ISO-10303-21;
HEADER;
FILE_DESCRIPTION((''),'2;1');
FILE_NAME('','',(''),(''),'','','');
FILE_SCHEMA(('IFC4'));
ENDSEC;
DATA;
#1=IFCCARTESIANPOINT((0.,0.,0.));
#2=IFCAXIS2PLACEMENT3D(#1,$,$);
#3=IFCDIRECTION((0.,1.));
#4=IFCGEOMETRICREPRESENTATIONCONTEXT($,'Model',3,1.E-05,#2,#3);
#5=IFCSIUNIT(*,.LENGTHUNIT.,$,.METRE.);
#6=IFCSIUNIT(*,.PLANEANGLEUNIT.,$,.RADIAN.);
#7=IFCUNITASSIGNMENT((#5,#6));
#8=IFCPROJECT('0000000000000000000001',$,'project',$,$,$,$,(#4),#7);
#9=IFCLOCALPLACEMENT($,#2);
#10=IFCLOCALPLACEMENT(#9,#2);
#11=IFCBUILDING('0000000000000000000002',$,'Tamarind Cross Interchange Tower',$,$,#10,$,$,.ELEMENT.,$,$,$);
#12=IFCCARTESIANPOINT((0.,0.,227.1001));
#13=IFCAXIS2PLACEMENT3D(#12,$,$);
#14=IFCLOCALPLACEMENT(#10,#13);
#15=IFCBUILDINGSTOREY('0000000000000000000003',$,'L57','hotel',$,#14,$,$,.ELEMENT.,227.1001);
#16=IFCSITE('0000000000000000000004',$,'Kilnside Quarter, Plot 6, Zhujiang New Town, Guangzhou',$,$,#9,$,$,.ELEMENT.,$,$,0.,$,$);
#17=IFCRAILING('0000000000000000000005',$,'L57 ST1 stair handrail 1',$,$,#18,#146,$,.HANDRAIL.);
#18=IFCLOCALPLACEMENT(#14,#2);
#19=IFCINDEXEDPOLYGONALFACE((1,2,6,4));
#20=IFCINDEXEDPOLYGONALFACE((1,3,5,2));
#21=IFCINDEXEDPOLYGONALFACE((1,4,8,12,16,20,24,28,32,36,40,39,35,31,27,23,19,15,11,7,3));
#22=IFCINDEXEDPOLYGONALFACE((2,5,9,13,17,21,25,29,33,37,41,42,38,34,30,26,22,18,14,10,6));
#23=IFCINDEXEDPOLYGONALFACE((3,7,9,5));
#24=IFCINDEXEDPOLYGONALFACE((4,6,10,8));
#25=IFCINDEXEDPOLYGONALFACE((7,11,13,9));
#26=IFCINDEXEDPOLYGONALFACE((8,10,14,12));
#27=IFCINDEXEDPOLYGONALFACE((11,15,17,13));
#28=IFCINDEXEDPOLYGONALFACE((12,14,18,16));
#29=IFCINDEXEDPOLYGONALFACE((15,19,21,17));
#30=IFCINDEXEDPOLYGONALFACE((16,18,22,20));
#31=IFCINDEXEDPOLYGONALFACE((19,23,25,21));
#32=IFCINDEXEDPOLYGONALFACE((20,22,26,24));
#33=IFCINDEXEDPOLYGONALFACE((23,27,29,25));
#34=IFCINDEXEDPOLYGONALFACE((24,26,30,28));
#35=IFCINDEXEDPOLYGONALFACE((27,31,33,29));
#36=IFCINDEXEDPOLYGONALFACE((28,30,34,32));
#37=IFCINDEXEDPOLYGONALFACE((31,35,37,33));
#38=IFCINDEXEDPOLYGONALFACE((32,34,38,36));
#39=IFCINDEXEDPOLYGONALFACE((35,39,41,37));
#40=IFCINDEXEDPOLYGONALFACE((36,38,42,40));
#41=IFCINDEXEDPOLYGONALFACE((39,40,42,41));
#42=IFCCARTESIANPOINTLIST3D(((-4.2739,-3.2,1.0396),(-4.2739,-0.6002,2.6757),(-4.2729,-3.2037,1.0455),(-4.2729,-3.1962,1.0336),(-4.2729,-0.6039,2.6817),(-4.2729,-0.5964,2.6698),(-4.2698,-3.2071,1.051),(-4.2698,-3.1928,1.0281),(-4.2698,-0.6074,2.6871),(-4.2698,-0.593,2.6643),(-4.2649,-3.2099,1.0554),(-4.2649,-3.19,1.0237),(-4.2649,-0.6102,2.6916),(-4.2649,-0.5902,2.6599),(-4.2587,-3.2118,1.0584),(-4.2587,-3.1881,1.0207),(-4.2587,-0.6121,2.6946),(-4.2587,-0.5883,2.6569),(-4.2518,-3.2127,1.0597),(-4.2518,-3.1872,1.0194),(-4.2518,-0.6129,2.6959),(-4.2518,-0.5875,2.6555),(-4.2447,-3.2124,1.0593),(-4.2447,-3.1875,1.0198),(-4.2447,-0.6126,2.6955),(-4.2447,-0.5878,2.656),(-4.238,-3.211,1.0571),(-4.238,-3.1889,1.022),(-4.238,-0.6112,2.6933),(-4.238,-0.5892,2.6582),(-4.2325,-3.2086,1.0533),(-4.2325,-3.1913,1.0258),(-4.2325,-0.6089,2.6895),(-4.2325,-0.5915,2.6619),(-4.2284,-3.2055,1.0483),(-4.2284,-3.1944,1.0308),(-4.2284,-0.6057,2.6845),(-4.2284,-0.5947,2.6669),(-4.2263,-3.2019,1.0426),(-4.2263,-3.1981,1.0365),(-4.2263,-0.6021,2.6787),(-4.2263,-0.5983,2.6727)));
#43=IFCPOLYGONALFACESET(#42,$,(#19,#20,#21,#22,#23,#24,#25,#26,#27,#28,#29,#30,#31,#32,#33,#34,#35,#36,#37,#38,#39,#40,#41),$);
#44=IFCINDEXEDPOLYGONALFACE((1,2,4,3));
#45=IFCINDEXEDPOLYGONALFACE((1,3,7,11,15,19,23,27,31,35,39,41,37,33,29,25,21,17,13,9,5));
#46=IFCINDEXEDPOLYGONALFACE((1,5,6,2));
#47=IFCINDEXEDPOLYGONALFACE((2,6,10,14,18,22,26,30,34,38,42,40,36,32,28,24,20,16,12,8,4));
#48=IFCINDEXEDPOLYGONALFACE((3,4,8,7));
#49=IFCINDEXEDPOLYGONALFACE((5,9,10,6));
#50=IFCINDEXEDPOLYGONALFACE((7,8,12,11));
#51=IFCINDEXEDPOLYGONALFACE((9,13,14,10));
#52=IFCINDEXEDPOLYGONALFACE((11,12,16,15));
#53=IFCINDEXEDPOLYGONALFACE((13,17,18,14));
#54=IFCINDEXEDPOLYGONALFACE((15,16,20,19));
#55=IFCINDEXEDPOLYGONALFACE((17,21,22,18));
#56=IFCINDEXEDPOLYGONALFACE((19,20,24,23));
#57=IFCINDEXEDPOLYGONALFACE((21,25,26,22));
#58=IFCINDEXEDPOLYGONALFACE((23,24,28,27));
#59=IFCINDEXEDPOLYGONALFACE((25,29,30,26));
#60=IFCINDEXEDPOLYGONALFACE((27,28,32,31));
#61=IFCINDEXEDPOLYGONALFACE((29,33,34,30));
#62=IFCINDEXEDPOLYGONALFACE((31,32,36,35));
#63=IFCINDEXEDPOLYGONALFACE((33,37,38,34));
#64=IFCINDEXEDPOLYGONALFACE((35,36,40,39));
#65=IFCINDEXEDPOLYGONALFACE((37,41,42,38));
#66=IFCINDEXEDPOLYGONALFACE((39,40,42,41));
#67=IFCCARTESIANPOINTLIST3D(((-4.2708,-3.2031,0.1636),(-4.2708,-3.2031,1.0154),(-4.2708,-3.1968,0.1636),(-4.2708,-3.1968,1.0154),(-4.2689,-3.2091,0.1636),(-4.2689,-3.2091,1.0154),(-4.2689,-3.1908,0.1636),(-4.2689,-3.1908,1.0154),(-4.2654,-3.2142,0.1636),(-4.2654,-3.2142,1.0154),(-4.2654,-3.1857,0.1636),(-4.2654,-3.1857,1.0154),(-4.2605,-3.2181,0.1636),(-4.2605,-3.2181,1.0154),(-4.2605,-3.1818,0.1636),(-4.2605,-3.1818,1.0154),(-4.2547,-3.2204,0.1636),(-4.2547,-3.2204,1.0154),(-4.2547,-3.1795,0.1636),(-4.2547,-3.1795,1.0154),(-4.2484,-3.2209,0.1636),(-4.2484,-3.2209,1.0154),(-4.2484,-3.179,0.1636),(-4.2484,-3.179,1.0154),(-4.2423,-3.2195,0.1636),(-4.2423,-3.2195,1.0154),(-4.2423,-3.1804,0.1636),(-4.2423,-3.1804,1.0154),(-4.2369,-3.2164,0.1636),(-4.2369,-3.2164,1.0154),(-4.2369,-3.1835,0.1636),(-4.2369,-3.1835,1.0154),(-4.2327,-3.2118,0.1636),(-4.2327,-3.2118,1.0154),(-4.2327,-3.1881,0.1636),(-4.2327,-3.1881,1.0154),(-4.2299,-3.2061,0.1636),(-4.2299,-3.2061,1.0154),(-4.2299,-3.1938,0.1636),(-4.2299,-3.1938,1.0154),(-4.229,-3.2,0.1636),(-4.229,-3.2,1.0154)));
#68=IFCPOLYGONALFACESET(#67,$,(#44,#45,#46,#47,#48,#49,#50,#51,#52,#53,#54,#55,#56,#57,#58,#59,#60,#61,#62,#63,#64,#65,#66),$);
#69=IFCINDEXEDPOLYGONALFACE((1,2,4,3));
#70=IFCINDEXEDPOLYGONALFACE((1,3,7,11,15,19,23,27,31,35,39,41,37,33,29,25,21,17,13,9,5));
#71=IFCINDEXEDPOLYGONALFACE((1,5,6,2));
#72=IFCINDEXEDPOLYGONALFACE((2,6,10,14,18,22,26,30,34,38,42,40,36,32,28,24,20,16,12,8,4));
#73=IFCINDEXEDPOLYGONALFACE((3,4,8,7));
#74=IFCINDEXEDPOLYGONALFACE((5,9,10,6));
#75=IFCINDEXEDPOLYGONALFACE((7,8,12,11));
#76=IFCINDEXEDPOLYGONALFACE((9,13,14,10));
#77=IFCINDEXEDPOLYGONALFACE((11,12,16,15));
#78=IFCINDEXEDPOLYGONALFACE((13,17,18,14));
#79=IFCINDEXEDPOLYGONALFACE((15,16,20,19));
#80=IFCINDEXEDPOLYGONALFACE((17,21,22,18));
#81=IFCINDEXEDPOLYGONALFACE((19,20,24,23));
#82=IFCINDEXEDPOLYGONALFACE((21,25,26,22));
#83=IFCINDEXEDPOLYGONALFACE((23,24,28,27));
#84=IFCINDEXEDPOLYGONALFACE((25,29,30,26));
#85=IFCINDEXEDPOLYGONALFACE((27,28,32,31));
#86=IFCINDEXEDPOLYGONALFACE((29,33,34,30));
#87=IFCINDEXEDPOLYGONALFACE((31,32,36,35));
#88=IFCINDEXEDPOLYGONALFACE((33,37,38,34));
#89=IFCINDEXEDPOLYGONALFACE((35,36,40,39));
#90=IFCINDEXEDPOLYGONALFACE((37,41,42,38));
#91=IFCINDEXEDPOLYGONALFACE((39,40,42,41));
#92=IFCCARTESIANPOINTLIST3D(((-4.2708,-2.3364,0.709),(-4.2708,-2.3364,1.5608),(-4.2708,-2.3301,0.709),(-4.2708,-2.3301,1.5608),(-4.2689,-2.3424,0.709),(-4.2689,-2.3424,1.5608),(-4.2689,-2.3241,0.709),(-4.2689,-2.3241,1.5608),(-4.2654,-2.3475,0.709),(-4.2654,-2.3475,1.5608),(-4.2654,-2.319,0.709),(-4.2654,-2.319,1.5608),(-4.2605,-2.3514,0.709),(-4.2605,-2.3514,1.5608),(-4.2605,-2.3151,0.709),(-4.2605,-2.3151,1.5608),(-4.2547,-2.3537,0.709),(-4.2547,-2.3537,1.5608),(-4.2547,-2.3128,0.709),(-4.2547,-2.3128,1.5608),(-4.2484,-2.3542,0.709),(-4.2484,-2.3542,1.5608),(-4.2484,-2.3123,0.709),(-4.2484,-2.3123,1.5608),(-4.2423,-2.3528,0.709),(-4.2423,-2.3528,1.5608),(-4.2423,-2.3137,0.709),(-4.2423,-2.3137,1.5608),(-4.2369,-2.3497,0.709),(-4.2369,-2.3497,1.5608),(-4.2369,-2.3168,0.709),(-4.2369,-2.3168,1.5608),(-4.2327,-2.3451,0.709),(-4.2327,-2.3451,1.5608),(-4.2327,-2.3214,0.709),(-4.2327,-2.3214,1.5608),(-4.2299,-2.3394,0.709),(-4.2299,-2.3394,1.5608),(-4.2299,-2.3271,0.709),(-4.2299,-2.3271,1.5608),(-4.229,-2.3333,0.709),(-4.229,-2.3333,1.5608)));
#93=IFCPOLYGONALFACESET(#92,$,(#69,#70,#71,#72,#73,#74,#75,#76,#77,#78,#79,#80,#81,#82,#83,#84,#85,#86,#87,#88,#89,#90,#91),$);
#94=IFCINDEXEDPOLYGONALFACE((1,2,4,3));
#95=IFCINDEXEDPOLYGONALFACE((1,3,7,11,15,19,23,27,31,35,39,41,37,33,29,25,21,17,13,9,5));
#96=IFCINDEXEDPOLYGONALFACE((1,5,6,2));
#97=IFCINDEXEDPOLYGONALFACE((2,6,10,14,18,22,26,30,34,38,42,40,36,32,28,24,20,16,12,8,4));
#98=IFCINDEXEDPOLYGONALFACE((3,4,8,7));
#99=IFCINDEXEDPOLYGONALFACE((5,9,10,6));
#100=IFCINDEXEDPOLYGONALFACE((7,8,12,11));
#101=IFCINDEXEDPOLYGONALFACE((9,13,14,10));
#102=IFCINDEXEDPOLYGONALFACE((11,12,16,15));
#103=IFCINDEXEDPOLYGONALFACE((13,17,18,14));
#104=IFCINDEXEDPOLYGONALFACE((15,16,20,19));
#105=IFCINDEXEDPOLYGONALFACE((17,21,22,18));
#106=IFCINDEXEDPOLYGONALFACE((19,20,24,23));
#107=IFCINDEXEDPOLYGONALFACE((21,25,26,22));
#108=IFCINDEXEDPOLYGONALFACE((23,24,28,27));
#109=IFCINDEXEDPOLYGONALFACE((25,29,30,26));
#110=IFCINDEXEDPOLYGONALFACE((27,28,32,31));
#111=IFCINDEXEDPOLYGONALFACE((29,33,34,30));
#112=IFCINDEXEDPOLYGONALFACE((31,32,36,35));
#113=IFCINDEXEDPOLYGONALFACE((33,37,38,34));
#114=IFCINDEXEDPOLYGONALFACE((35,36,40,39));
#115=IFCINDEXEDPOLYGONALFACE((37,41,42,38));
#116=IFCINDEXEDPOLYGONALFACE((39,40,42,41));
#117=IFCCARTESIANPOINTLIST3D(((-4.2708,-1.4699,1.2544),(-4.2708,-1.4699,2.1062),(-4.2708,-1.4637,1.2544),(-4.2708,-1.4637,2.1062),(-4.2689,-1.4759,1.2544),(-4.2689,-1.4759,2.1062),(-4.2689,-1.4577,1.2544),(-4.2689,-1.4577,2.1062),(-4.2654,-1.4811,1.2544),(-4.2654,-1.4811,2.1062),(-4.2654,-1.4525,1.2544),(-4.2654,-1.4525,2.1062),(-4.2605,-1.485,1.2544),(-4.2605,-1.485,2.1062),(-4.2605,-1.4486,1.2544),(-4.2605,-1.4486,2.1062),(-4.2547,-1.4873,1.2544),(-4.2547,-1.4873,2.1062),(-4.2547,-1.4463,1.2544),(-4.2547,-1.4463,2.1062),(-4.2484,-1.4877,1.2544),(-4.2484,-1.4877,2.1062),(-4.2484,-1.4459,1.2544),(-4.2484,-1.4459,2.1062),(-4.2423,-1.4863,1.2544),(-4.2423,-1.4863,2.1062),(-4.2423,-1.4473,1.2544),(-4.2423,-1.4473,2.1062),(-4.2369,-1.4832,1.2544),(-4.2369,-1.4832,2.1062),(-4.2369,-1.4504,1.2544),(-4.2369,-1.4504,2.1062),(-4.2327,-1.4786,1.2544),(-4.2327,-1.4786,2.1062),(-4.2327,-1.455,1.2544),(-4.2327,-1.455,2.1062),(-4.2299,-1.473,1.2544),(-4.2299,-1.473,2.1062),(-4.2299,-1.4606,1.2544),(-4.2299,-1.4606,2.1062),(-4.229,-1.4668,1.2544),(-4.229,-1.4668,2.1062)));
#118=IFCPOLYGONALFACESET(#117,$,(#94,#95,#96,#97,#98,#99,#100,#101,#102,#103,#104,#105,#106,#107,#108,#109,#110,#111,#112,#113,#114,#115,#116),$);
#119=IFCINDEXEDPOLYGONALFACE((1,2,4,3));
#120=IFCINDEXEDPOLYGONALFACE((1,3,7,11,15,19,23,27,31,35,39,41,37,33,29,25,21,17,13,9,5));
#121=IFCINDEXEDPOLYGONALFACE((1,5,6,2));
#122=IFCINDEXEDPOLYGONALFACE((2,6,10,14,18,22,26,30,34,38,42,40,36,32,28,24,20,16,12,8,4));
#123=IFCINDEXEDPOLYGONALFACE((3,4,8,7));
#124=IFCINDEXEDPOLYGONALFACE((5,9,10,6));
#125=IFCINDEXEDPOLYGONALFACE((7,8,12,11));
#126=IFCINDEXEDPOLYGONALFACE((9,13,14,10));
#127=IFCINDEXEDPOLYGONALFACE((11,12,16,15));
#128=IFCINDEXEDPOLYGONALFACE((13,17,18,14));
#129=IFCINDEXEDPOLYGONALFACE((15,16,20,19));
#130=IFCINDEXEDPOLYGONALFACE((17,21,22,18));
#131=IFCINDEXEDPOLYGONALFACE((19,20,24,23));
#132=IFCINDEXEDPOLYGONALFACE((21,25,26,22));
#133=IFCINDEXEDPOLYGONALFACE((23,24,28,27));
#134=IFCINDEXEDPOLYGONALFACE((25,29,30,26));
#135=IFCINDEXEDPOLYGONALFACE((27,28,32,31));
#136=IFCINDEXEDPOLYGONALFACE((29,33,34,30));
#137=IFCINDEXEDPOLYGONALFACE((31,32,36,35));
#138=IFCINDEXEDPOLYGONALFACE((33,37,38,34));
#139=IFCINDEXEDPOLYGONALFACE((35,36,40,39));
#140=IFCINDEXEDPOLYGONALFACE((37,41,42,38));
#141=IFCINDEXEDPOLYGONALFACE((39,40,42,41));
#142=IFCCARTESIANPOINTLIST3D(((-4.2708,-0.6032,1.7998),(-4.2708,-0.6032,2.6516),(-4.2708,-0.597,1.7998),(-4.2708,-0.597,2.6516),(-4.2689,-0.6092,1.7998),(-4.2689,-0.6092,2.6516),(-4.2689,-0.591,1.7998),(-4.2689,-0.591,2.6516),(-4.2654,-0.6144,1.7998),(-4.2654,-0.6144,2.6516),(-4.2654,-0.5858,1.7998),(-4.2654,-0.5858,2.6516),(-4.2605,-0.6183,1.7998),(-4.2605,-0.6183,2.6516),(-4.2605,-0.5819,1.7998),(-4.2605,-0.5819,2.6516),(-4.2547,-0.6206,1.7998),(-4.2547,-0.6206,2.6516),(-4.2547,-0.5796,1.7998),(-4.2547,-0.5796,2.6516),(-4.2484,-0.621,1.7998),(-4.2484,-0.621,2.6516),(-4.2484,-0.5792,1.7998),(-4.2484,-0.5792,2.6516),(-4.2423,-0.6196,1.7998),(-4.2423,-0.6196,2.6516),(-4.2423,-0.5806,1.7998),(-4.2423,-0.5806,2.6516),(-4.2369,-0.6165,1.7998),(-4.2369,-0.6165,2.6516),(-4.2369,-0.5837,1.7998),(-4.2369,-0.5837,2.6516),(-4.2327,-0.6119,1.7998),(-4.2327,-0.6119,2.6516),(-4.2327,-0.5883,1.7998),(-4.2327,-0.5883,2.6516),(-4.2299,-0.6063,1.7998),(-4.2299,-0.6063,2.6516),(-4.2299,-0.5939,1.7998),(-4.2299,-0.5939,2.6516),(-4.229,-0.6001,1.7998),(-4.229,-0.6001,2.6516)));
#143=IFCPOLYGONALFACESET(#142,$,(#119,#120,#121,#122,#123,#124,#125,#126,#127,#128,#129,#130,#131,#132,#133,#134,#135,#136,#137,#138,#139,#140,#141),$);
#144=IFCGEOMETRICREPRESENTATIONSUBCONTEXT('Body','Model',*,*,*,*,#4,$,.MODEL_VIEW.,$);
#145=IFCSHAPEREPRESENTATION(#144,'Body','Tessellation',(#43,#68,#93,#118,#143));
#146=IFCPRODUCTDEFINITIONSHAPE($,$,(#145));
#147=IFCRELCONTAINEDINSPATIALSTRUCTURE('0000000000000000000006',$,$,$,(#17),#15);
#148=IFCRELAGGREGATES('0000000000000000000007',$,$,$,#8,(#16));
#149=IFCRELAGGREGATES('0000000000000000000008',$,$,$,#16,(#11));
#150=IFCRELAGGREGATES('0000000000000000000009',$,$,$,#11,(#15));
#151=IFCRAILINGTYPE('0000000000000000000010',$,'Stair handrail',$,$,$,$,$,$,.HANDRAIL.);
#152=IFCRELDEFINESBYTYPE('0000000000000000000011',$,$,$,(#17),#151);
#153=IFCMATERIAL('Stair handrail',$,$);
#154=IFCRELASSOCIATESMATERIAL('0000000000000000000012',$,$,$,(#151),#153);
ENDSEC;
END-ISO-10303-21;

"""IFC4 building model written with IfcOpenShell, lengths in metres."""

from ifc_helpers import new_model, si_unit, direction, frame, origin, origin_2d, place, context, subcontext, project, spatial, circle, extrude, material, type_object, element, save


model = new_model("IFC4")

# Units and contexts
model_context = context("Model", 3, precision=1e-05, world=origin(), true_north=direction((0.0, 1.0)))
body_context = subcontext(model_context, "Body", "Model", "MODEL_VIEW")
ifc_project = project(units=[si_unit("LENGTHUNIT", "METRE"), si_unit("PLANEANGLEUNIT", "RADIAN")], contexts=[model_context])

# Site, building, storey
site_placement = place(None, origin())
site = spatial("IfcSite", under=ifc_project, at=site_placement, Name="Kilnside Quarter, Plot 6, Zhujiang New Town, Guangzhou", CompositionType="ELEMENT", RefElevation=0.0)
building_placement = place(site_placement, origin())
building = spatial("IfcBuilding", under=site, at=building_placement, Name="Tamarind Cross Interchange Tower", CompositionType="ELEMENT")
storey_placement = place(building_placement, frame((0.0, 0.0, 227.1001)))
storey = spatial("IfcBuildingStorey", under=building, at=storey_placement, Name="L57", Description="hotel", CompositionType="ELEMENT", Elevation=227.1001)

# Railing
ifc_material_1 = material(Name="Stair handrail")
railing_type_1 = type_object("IfcRailingType", Name="Stair handrail", PredefinedType="HANDRAIL", material=ifc_material_1)
railing_1_placement = place(storey_placement, frame((-4.25, -3.2, 0.1636)))
element("IfcRailing", 1, at=railing_1_placement, inside=storey, type_object=railing_type_1, Name="L57 ST1 stair handrail 1", PredefinedType="HANDRAIL", context=body_context, shape_type="SweptSolid", body=[
    extrude(circle(Radius=0.0239, at=origin_2d()), frame((0.0, 0.0, 0.876), z_axis=(0.0, 0.846338, 0.532647), x_axis=(-1.0, 0.0, 0.0)), (0.0, 0.0, 1.0), 3.0718),
    extrude(circle(Radius=0.021, at=origin_2d()), origin(), (0.0, 0.0, 1.0), 0.8518),
    extrude(circle(Radius=0.021, at=origin_2d()), frame((0.0, 0.8667, 0.5454)), (0.0, 0.0, 1.0), 0.8518),
    extrude(circle(Radius=0.021, at=origin_2d()), frame((0.0, 1.7332, 1.0908)), (0.0, 0.0, 1.0), 0.8518),
    extrude(circle(Radius=0.021, at=origin_2d()), frame((0.0, 2.5999, 1.6362)), (0.0, 0.0, 1.0), 0.8518),
])

save(model, "model.ifc")
